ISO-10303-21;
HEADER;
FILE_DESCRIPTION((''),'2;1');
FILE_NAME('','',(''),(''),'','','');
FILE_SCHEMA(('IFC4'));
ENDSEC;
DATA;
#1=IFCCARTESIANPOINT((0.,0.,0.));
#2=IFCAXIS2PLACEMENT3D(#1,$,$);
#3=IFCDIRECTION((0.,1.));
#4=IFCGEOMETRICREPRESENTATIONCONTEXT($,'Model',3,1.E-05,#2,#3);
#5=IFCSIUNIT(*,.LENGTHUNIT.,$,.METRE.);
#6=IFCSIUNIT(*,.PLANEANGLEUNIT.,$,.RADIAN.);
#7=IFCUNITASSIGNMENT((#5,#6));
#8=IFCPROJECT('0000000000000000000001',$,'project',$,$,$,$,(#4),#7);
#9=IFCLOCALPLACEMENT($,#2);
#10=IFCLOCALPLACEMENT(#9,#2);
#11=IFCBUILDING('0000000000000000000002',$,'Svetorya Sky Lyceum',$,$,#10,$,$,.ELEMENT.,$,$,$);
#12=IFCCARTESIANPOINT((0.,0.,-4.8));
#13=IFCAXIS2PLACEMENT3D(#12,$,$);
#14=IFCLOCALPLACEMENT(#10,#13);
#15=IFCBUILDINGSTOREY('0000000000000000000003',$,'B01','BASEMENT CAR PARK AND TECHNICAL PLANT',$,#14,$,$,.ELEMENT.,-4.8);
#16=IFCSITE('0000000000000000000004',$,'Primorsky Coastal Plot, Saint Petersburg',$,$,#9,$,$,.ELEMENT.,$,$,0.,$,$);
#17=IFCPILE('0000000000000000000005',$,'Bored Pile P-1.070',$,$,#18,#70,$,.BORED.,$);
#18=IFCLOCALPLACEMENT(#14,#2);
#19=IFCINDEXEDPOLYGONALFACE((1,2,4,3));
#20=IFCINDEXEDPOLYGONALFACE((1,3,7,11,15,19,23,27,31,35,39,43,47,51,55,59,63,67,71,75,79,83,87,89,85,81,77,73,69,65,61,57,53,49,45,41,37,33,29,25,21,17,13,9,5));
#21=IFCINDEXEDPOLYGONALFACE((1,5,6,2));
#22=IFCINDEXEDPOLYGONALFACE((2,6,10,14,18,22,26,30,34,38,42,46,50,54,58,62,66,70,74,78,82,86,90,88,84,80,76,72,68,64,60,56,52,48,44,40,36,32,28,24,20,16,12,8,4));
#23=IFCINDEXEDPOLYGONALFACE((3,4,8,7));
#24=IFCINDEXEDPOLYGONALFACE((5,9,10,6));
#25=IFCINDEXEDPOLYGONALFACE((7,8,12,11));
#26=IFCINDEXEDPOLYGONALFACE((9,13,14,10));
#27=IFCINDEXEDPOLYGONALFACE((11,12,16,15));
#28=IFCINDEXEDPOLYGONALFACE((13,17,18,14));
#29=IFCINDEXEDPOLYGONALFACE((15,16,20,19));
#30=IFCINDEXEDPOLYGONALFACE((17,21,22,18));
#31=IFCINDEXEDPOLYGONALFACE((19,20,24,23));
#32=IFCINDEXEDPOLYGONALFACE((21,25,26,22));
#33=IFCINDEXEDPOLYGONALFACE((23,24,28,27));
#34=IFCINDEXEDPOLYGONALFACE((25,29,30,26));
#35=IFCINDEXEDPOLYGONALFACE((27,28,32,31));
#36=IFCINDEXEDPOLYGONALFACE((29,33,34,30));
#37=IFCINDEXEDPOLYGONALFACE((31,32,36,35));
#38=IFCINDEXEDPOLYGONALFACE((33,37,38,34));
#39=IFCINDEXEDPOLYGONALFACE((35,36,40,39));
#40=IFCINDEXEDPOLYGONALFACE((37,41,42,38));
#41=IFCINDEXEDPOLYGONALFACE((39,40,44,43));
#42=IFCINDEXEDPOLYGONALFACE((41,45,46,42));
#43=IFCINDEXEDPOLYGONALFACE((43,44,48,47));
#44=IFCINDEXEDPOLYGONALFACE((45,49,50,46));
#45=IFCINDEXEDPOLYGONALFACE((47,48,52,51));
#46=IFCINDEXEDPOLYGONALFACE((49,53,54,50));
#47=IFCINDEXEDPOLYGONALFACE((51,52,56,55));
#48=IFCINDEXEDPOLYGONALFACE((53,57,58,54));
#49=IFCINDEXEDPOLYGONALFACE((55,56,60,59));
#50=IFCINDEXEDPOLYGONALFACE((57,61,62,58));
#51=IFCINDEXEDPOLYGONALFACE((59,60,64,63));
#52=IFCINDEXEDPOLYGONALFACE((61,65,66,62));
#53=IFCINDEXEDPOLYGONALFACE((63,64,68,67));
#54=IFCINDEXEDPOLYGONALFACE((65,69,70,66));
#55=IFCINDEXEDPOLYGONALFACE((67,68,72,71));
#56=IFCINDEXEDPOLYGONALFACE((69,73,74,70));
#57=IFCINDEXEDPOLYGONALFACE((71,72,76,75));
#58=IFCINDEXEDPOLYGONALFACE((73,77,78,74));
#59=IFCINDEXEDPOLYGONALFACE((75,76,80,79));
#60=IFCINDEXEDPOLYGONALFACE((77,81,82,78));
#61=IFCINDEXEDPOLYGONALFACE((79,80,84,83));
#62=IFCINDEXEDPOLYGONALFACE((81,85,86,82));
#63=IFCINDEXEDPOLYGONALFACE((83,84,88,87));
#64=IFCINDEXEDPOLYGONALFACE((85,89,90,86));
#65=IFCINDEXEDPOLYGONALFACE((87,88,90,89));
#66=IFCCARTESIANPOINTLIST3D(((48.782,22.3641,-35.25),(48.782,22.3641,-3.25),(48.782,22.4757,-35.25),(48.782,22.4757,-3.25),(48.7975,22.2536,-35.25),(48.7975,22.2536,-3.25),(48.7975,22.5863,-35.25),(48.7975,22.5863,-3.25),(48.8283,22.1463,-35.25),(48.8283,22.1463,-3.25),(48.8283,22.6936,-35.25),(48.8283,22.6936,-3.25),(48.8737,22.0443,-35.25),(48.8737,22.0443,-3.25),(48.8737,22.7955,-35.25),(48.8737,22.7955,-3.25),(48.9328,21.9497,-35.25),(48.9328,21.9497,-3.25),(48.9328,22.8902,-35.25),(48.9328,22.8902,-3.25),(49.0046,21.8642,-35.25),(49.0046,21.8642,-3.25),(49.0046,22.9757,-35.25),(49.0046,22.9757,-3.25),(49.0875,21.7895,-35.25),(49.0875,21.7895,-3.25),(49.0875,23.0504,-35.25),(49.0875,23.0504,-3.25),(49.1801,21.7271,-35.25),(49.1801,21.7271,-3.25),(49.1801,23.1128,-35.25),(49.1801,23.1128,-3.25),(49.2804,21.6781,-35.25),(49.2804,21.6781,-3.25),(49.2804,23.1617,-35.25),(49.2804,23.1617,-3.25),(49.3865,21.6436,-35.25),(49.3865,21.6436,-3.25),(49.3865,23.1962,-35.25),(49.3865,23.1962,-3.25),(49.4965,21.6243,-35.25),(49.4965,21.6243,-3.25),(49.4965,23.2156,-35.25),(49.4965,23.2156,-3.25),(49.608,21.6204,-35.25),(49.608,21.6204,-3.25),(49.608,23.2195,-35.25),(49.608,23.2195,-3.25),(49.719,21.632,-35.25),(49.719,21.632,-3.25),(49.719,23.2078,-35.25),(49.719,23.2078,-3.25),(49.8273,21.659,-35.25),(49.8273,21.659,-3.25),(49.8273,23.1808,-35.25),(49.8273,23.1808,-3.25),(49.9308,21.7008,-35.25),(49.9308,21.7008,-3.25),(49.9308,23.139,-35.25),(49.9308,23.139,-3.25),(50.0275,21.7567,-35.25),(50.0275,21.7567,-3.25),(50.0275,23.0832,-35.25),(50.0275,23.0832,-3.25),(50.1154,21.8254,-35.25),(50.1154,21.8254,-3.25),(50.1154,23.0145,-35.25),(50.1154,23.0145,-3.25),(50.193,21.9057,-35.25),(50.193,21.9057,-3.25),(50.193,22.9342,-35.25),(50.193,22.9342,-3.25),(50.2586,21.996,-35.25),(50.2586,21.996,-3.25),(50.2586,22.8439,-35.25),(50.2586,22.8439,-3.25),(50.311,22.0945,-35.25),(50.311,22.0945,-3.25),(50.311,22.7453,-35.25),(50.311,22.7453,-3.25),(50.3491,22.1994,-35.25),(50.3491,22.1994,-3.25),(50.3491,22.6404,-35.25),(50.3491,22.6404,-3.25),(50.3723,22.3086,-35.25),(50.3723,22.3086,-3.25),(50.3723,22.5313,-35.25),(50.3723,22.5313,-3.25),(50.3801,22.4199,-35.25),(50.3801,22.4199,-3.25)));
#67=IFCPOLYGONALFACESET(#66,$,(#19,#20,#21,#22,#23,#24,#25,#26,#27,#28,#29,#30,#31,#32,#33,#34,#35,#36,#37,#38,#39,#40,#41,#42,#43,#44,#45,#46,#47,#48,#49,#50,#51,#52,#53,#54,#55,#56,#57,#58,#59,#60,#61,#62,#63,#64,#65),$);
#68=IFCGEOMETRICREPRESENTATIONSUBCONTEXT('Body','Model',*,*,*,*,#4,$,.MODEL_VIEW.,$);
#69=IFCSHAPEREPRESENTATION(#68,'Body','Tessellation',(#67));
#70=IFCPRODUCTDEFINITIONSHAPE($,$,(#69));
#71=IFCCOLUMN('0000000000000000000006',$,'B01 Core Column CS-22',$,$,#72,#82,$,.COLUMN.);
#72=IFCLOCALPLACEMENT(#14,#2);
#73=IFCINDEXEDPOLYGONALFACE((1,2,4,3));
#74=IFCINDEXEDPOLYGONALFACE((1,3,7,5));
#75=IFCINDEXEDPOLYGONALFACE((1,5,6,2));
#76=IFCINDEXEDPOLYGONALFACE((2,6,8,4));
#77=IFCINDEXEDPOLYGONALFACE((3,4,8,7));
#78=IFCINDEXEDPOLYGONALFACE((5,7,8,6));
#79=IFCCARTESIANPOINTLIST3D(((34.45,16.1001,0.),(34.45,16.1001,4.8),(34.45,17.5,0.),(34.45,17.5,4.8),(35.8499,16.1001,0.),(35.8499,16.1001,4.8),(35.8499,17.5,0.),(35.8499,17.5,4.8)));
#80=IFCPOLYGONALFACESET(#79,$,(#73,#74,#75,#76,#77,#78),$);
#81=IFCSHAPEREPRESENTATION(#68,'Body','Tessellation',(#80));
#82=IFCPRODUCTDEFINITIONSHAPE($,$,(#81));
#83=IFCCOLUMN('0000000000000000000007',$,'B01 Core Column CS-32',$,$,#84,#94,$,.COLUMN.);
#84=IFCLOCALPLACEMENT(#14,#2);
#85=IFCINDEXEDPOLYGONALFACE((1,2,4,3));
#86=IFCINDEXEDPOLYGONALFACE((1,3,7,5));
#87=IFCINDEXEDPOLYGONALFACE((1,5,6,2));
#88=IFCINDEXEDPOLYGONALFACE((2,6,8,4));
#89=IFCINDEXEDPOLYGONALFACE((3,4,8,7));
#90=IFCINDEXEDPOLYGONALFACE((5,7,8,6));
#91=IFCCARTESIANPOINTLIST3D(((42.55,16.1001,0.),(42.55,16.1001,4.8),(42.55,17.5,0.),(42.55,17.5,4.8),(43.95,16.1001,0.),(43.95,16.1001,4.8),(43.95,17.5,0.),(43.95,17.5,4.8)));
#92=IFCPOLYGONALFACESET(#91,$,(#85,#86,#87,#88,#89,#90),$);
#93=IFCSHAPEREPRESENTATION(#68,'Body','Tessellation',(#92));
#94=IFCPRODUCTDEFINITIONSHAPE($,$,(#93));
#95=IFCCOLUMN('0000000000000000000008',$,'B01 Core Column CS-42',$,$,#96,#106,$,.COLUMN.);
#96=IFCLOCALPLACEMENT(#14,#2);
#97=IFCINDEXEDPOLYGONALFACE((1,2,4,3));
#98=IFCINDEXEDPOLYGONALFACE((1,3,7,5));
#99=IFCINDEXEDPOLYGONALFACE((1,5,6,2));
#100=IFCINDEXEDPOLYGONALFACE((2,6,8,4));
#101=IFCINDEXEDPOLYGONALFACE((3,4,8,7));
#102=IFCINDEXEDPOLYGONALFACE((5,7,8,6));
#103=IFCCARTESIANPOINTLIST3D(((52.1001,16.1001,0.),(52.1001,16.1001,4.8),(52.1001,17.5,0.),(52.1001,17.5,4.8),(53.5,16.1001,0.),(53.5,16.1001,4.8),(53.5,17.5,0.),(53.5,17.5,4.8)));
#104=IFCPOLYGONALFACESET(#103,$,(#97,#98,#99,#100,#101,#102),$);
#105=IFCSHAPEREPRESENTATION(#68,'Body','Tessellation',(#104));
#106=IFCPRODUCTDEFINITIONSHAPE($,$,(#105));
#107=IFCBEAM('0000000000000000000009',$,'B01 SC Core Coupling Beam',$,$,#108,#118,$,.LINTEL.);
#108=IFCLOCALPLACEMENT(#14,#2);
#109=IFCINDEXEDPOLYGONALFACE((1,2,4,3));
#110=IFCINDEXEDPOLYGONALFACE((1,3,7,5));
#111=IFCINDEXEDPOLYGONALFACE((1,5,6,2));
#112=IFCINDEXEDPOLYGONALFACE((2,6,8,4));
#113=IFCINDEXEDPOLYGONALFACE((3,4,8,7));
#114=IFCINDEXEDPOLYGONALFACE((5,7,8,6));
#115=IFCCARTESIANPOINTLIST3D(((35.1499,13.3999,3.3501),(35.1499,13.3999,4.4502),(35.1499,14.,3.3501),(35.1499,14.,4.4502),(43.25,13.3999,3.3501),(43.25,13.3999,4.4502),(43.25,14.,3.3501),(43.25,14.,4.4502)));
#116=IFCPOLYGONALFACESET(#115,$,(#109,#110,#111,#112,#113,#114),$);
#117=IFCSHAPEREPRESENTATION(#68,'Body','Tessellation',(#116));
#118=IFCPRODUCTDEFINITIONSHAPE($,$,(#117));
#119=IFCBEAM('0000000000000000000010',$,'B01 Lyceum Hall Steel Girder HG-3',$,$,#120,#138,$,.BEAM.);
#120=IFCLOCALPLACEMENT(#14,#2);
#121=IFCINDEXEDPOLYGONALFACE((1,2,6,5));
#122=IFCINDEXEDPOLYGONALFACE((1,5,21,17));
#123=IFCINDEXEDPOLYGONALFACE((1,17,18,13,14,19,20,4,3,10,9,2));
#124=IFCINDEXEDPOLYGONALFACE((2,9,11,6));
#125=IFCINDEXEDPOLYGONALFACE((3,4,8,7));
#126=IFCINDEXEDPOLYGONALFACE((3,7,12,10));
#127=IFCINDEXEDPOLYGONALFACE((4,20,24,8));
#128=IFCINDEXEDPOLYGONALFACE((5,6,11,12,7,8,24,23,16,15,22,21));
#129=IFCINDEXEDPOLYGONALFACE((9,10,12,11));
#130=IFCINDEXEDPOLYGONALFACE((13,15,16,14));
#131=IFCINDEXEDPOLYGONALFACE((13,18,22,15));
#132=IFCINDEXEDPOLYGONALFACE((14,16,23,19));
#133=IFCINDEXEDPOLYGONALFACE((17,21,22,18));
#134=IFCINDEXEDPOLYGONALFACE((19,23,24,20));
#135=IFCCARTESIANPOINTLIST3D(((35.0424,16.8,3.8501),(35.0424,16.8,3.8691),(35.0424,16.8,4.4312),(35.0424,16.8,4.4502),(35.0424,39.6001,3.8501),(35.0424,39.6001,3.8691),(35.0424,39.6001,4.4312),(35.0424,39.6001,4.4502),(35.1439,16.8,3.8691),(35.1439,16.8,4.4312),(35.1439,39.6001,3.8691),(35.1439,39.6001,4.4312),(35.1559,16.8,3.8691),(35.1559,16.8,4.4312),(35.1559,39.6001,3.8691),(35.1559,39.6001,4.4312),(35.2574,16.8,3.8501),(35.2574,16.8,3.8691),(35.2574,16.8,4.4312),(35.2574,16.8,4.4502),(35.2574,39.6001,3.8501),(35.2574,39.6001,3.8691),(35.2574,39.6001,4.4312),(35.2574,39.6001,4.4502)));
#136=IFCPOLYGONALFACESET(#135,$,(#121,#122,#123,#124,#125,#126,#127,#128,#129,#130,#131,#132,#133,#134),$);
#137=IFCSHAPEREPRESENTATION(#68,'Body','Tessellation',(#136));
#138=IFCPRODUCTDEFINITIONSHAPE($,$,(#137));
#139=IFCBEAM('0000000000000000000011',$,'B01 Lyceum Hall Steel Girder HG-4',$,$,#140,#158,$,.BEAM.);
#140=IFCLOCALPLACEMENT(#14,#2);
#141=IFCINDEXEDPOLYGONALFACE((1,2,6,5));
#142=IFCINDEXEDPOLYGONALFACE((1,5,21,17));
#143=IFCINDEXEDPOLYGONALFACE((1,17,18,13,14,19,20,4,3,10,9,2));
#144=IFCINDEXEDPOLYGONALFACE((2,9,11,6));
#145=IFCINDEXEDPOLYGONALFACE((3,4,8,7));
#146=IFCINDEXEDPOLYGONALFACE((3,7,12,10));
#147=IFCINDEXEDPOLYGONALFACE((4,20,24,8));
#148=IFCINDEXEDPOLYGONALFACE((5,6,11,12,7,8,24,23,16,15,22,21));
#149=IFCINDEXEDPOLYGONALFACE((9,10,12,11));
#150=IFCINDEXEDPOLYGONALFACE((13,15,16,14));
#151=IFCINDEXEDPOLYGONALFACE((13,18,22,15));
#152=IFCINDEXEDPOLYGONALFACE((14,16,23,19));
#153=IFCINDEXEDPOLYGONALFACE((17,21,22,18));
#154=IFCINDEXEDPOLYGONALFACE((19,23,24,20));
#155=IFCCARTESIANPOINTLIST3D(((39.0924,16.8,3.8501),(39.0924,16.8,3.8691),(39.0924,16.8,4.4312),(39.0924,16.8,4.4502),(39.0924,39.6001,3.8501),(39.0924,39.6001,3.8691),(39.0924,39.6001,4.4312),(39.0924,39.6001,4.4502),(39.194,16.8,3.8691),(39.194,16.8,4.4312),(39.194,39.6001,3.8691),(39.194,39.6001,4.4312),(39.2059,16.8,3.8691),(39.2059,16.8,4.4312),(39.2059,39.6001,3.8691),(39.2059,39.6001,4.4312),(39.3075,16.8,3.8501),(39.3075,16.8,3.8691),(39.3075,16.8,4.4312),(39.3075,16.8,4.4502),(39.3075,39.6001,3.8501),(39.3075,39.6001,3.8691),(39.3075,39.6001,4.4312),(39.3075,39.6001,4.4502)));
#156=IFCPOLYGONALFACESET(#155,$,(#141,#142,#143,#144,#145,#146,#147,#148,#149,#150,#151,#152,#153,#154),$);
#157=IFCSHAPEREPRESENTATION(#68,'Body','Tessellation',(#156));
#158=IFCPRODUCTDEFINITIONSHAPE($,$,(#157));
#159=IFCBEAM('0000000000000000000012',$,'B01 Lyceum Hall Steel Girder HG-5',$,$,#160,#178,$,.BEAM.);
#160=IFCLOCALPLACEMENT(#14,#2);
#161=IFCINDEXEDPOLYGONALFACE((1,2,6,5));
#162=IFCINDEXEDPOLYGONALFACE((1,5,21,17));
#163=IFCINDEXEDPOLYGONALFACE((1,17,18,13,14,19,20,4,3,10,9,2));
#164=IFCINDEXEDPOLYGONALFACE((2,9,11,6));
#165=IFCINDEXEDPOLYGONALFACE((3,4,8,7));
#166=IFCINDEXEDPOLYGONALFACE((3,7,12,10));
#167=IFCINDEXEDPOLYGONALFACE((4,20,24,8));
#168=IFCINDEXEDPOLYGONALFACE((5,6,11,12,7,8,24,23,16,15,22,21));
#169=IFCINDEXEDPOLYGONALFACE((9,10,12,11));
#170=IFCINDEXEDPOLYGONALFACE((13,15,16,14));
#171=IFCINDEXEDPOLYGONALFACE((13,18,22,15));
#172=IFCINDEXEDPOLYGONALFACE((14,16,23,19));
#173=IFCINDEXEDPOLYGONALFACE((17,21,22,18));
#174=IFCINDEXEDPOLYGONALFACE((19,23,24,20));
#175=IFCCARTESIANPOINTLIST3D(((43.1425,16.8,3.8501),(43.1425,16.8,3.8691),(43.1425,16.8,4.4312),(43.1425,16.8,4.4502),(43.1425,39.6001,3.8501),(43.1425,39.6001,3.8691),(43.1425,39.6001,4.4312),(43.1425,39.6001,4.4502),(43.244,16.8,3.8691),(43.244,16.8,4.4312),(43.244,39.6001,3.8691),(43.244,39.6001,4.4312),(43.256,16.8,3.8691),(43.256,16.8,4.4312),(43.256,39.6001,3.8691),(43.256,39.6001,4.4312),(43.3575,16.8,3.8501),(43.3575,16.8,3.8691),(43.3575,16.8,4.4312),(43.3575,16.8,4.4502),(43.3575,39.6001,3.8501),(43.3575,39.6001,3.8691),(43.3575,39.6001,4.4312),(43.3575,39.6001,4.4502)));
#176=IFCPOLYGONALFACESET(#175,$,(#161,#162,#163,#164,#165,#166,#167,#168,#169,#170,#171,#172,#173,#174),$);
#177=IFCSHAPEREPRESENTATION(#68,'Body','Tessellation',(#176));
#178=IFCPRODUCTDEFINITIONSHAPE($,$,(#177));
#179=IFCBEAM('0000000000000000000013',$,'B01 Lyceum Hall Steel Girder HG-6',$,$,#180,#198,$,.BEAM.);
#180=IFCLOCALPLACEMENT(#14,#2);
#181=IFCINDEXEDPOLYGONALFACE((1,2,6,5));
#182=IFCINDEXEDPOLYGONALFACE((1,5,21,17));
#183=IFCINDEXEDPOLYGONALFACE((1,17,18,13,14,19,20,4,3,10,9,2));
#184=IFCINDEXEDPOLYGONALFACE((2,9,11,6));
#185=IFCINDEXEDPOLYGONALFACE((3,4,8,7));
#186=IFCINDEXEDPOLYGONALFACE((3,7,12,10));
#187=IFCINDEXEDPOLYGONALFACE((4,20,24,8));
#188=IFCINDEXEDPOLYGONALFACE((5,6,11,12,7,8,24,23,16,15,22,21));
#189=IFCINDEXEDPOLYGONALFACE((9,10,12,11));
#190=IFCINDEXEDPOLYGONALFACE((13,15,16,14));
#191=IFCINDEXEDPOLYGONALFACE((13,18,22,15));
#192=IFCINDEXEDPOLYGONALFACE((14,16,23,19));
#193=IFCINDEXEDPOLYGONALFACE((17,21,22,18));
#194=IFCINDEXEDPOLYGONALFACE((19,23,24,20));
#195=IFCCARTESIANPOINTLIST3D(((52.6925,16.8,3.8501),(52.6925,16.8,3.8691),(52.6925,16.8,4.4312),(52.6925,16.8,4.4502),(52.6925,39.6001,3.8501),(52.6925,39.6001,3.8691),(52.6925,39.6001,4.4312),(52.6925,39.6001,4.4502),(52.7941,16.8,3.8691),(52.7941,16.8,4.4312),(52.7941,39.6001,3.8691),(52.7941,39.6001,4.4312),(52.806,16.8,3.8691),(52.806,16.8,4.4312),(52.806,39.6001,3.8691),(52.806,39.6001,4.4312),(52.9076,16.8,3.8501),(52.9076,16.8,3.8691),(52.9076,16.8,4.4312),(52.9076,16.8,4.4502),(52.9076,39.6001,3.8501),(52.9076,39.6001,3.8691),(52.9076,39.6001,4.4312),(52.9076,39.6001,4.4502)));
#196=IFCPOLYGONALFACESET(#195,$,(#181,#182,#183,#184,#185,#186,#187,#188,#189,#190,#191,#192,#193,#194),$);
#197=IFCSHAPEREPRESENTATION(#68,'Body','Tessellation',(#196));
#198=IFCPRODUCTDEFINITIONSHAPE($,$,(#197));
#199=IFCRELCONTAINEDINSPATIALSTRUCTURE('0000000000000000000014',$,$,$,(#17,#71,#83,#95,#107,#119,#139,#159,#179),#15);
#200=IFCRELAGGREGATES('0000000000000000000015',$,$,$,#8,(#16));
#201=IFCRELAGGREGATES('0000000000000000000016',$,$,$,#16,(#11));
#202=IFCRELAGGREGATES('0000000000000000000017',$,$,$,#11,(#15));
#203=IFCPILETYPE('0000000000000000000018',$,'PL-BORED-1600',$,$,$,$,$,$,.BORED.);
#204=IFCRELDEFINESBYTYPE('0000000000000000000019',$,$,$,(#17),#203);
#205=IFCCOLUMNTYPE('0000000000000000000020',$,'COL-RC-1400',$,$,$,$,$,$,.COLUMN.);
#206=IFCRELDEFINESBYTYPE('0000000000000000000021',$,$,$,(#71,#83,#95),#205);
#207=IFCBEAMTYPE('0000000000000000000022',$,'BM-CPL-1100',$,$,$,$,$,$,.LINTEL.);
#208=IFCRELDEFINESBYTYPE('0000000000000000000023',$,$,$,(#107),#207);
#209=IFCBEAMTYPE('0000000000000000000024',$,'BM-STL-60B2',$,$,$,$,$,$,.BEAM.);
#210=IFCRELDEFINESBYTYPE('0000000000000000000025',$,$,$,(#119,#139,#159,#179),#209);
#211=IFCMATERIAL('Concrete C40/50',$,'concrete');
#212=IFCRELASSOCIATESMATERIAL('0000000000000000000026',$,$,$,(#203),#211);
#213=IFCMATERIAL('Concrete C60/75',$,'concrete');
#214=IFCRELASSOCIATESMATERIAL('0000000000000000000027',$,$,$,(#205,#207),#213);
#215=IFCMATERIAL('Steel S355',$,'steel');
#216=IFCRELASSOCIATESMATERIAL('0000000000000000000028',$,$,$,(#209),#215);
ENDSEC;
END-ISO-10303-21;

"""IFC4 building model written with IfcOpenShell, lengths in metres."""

from ifc_helpers import new_model, si_unit, direction, frame, origin, origin_2d, place, context, subcontext, project, spatial, rectangle, circle, i_section, extrude, material, material_profile, profile_set, type_object, element, save


model = new_model("IFC4")

# Units and contexts
model_context = context("Model", 3, precision=1e-05, world=origin(), true_north=direction((0.0, 1.0)))
body_context = subcontext(model_context, "Body", "Model", "MODEL_VIEW")
ifc_project = project(units=[si_unit("LENGTHUNIT", "METRE"), si_unit("PLANEANGLEUNIT", "RADIAN")], contexts=[model_context])

# Site, building, storey
site_placement = place(None, origin())
site = spatial("IfcSite", under=ifc_project, at=site_placement, Name="Primorsky Coastal Plot, Saint Petersburg", CompositionType="ELEMENT", RefElevation=0.0)
building_placement = place(site_placement, origin())
building = spatial("IfcBuilding", under=site, at=building_placement, Name="Svetorya Sky Lyceum", CompositionType="ELEMENT")
storey_placement = place(building_placement, frame((0.0, 0.0, -4.8)))
storey = spatial("IfcBuildingStorey", under=building, at=storey_placement, Name="B01", Description="BASEMENT CAR PARK AND TECHNICAL PLANT", CompositionType="ELEMENT", Elevation=-4.8)

# Pile
ifc_material_1 = material(Name="Concrete C40/50", Category="concrete")
ifc_material_profile_1 = material_profile(ifc_material_1, circle(Radius=0.8, at=origin_2d()), Name="RC PILE D1600")
ifc_profile_set_1 = profile_set([ifc_material_profile_1], Name="Concrete C40/50")
pile_type = type_object("IfcPileType", Name="PL-BORED-1600", PredefinedType="BORED", material=ifc_profile_set_1)
for number, where, z_axis, x_axis, name in (
    (1, (49.5801, 22.4199, -3.25), (0.0, 0.0, -1.0), (1.0, 0.0, 0.0), "Bored Pile P-1.070"),
):
    element("IfcPile", number, at=place(storey_placement, frame(where, z_axis=z_axis, x_axis=x_axis)), inside=storey, type_object=pile_type, Name=name, PredefinedType="BORED", context=body_context, shape_type="SweptSolid", body=[
        extrude(circle(Radius=0.8, at=origin_2d()), origin(), (0.0, 0.0, 1.0), 32.0),
    ])

# Columns
ifc_material_2 = material(Name="Concrete C60/75", Category="concrete")
ifc_material_profile_2 = material_profile(ifc_material_2, rectangle(XDim=1.3999, YDim=1.3999, at=origin_2d()), Name="RC COL 1400x1400")
ifc_profile_set_2 = profile_set([ifc_material_profile_2], Name="Concrete C60/75")
column_type = type_object("IfcColumnType", Name="COL-RC-1400", PredefinedType="COLUMN", material=ifc_profile_set_2)
for number, where, z_axis, x_axis, name in (
    (2, (35.1499, 16.8, 0.0), (0.0, 0.0, 1.0), (1.0, 0.0, 0.0), "B01 Core Column CS-22"),
    (3, (43.25, 16.8, 0.0), (0.0, 0.0, 1.0), (1.0, 0.0, 0.0), "B01 Core Column CS-32"),
    (4, (52.8, 16.8, 0.0), (0.0, 0.0, 1.0), (1.0, 0.0, 0.0), "B01 Core Column CS-42"),
):
    element("IfcColumn", number, at=place(storey_placement, frame(where, z_axis=z_axis, x_axis=x_axis)), inside=storey, type_object=column_type, Name=name, PredefinedType="COLUMN", context=body_context, shape_type="SweptSolid", body=[
        extrude(rectangle(XDim=1.3999, YDim=1.3999, at=origin_2d()), origin(), (0.0, 0.0, 1.0), 4.8),
    ])

# Beams
ifc_material_profile_3 = material_profile(ifc_material_2, rectangle(XDim=0.6001, YDim=1.1001, at=origin_2d()), Name="RC COUPLING 600x1100")
ifc_profile_set_3 = profile_set([ifc_material_profile_3], Name="Concrete C60/75")
beam_type_1 = type_object("IfcBeamType", Name="BM-CPL-1100", PredefinedType="LINTEL", material=ifc_profile_set_3)
beam_placement = place(storey_placement, frame((35.1499, 13.7, 3.9001), z_axis=(1.0, 0.0, 0.0), x_axis=(0.0, 1.0, 0.0)))
element("IfcBeam", 5, at=beam_placement, inside=storey, type_object=beam_type_1, Name="B01 SC Core Coupling Beam", PredefinedType="LINTEL", context=body_context, shape_type="SweptSolid", body=[
    extrude(rectangle(XDim=0.6001, YDim=1.1001, at=origin_2d()), origin(), (0.0, 0.0, 1.0), 8.1001),
])
ifc_material_3 = material(Name="Steel S355", Category="steel")
ifc_material_profile_4 = material_profile(ifc_material_3, i_section(OverallWidth=0.2151, OverallDepth=0.6001, WebThickness=0.012, FlangeThickness=0.019, at=origin_2d()), Name="GOST 60B2")
ifc_profile_set_4 = profile_set([ifc_material_profile_4], Name="Steel S355")
beam_type_2 = type_object("IfcBeamType", Name="BM-STL-60B2", PredefinedType="BEAM", material=ifc_profile_set_4)
for number, where, z_axis, x_axis, name in (
    (6, (35.1499, 16.8, 4.1501), (0.0, 1.0, 0.0), (-1.0, 0.0, 0.0), "B01 Lyceum Hall Steel Girder HG-3"),
    (7, (39.2, 16.8, 4.1501), (0.0, 1.0, 0.0), (-1.0, 0.0, 0.0), "B01 Lyceum Hall Steel Girder HG-4"),
    (8, (43.25, 16.8, 4.1501), (0.0, 1.0, 0.0), (-1.0, 0.0, 0.0), "B01 Lyceum Hall Steel Girder HG-5"),
    (9, (52.8, 16.8, 4.1501), (0.0, 1.0, 0.0), (-1.0, 0.0, 0.0), "B01 Lyceum Hall Steel Girder HG-6"),
):
    element("IfcBeam", number, at=place(storey_placement, frame(where, z_axis=z_axis, x_axis=x_axis)), inside=storey, type_object=beam_type_2, Name=name, PredefinedType="BEAM", context=body_context, shape_type="SweptSolid", body=[
        extrude(i_section(OverallWidth=0.2151, OverallDepth=0.6001, WebThickness=0.012, FlangeThickness=0.019, at=origin_2d()), origin(), (0.0, 0.0, 1.0), 22.8),
    ])

save(model, "model.ifc")
